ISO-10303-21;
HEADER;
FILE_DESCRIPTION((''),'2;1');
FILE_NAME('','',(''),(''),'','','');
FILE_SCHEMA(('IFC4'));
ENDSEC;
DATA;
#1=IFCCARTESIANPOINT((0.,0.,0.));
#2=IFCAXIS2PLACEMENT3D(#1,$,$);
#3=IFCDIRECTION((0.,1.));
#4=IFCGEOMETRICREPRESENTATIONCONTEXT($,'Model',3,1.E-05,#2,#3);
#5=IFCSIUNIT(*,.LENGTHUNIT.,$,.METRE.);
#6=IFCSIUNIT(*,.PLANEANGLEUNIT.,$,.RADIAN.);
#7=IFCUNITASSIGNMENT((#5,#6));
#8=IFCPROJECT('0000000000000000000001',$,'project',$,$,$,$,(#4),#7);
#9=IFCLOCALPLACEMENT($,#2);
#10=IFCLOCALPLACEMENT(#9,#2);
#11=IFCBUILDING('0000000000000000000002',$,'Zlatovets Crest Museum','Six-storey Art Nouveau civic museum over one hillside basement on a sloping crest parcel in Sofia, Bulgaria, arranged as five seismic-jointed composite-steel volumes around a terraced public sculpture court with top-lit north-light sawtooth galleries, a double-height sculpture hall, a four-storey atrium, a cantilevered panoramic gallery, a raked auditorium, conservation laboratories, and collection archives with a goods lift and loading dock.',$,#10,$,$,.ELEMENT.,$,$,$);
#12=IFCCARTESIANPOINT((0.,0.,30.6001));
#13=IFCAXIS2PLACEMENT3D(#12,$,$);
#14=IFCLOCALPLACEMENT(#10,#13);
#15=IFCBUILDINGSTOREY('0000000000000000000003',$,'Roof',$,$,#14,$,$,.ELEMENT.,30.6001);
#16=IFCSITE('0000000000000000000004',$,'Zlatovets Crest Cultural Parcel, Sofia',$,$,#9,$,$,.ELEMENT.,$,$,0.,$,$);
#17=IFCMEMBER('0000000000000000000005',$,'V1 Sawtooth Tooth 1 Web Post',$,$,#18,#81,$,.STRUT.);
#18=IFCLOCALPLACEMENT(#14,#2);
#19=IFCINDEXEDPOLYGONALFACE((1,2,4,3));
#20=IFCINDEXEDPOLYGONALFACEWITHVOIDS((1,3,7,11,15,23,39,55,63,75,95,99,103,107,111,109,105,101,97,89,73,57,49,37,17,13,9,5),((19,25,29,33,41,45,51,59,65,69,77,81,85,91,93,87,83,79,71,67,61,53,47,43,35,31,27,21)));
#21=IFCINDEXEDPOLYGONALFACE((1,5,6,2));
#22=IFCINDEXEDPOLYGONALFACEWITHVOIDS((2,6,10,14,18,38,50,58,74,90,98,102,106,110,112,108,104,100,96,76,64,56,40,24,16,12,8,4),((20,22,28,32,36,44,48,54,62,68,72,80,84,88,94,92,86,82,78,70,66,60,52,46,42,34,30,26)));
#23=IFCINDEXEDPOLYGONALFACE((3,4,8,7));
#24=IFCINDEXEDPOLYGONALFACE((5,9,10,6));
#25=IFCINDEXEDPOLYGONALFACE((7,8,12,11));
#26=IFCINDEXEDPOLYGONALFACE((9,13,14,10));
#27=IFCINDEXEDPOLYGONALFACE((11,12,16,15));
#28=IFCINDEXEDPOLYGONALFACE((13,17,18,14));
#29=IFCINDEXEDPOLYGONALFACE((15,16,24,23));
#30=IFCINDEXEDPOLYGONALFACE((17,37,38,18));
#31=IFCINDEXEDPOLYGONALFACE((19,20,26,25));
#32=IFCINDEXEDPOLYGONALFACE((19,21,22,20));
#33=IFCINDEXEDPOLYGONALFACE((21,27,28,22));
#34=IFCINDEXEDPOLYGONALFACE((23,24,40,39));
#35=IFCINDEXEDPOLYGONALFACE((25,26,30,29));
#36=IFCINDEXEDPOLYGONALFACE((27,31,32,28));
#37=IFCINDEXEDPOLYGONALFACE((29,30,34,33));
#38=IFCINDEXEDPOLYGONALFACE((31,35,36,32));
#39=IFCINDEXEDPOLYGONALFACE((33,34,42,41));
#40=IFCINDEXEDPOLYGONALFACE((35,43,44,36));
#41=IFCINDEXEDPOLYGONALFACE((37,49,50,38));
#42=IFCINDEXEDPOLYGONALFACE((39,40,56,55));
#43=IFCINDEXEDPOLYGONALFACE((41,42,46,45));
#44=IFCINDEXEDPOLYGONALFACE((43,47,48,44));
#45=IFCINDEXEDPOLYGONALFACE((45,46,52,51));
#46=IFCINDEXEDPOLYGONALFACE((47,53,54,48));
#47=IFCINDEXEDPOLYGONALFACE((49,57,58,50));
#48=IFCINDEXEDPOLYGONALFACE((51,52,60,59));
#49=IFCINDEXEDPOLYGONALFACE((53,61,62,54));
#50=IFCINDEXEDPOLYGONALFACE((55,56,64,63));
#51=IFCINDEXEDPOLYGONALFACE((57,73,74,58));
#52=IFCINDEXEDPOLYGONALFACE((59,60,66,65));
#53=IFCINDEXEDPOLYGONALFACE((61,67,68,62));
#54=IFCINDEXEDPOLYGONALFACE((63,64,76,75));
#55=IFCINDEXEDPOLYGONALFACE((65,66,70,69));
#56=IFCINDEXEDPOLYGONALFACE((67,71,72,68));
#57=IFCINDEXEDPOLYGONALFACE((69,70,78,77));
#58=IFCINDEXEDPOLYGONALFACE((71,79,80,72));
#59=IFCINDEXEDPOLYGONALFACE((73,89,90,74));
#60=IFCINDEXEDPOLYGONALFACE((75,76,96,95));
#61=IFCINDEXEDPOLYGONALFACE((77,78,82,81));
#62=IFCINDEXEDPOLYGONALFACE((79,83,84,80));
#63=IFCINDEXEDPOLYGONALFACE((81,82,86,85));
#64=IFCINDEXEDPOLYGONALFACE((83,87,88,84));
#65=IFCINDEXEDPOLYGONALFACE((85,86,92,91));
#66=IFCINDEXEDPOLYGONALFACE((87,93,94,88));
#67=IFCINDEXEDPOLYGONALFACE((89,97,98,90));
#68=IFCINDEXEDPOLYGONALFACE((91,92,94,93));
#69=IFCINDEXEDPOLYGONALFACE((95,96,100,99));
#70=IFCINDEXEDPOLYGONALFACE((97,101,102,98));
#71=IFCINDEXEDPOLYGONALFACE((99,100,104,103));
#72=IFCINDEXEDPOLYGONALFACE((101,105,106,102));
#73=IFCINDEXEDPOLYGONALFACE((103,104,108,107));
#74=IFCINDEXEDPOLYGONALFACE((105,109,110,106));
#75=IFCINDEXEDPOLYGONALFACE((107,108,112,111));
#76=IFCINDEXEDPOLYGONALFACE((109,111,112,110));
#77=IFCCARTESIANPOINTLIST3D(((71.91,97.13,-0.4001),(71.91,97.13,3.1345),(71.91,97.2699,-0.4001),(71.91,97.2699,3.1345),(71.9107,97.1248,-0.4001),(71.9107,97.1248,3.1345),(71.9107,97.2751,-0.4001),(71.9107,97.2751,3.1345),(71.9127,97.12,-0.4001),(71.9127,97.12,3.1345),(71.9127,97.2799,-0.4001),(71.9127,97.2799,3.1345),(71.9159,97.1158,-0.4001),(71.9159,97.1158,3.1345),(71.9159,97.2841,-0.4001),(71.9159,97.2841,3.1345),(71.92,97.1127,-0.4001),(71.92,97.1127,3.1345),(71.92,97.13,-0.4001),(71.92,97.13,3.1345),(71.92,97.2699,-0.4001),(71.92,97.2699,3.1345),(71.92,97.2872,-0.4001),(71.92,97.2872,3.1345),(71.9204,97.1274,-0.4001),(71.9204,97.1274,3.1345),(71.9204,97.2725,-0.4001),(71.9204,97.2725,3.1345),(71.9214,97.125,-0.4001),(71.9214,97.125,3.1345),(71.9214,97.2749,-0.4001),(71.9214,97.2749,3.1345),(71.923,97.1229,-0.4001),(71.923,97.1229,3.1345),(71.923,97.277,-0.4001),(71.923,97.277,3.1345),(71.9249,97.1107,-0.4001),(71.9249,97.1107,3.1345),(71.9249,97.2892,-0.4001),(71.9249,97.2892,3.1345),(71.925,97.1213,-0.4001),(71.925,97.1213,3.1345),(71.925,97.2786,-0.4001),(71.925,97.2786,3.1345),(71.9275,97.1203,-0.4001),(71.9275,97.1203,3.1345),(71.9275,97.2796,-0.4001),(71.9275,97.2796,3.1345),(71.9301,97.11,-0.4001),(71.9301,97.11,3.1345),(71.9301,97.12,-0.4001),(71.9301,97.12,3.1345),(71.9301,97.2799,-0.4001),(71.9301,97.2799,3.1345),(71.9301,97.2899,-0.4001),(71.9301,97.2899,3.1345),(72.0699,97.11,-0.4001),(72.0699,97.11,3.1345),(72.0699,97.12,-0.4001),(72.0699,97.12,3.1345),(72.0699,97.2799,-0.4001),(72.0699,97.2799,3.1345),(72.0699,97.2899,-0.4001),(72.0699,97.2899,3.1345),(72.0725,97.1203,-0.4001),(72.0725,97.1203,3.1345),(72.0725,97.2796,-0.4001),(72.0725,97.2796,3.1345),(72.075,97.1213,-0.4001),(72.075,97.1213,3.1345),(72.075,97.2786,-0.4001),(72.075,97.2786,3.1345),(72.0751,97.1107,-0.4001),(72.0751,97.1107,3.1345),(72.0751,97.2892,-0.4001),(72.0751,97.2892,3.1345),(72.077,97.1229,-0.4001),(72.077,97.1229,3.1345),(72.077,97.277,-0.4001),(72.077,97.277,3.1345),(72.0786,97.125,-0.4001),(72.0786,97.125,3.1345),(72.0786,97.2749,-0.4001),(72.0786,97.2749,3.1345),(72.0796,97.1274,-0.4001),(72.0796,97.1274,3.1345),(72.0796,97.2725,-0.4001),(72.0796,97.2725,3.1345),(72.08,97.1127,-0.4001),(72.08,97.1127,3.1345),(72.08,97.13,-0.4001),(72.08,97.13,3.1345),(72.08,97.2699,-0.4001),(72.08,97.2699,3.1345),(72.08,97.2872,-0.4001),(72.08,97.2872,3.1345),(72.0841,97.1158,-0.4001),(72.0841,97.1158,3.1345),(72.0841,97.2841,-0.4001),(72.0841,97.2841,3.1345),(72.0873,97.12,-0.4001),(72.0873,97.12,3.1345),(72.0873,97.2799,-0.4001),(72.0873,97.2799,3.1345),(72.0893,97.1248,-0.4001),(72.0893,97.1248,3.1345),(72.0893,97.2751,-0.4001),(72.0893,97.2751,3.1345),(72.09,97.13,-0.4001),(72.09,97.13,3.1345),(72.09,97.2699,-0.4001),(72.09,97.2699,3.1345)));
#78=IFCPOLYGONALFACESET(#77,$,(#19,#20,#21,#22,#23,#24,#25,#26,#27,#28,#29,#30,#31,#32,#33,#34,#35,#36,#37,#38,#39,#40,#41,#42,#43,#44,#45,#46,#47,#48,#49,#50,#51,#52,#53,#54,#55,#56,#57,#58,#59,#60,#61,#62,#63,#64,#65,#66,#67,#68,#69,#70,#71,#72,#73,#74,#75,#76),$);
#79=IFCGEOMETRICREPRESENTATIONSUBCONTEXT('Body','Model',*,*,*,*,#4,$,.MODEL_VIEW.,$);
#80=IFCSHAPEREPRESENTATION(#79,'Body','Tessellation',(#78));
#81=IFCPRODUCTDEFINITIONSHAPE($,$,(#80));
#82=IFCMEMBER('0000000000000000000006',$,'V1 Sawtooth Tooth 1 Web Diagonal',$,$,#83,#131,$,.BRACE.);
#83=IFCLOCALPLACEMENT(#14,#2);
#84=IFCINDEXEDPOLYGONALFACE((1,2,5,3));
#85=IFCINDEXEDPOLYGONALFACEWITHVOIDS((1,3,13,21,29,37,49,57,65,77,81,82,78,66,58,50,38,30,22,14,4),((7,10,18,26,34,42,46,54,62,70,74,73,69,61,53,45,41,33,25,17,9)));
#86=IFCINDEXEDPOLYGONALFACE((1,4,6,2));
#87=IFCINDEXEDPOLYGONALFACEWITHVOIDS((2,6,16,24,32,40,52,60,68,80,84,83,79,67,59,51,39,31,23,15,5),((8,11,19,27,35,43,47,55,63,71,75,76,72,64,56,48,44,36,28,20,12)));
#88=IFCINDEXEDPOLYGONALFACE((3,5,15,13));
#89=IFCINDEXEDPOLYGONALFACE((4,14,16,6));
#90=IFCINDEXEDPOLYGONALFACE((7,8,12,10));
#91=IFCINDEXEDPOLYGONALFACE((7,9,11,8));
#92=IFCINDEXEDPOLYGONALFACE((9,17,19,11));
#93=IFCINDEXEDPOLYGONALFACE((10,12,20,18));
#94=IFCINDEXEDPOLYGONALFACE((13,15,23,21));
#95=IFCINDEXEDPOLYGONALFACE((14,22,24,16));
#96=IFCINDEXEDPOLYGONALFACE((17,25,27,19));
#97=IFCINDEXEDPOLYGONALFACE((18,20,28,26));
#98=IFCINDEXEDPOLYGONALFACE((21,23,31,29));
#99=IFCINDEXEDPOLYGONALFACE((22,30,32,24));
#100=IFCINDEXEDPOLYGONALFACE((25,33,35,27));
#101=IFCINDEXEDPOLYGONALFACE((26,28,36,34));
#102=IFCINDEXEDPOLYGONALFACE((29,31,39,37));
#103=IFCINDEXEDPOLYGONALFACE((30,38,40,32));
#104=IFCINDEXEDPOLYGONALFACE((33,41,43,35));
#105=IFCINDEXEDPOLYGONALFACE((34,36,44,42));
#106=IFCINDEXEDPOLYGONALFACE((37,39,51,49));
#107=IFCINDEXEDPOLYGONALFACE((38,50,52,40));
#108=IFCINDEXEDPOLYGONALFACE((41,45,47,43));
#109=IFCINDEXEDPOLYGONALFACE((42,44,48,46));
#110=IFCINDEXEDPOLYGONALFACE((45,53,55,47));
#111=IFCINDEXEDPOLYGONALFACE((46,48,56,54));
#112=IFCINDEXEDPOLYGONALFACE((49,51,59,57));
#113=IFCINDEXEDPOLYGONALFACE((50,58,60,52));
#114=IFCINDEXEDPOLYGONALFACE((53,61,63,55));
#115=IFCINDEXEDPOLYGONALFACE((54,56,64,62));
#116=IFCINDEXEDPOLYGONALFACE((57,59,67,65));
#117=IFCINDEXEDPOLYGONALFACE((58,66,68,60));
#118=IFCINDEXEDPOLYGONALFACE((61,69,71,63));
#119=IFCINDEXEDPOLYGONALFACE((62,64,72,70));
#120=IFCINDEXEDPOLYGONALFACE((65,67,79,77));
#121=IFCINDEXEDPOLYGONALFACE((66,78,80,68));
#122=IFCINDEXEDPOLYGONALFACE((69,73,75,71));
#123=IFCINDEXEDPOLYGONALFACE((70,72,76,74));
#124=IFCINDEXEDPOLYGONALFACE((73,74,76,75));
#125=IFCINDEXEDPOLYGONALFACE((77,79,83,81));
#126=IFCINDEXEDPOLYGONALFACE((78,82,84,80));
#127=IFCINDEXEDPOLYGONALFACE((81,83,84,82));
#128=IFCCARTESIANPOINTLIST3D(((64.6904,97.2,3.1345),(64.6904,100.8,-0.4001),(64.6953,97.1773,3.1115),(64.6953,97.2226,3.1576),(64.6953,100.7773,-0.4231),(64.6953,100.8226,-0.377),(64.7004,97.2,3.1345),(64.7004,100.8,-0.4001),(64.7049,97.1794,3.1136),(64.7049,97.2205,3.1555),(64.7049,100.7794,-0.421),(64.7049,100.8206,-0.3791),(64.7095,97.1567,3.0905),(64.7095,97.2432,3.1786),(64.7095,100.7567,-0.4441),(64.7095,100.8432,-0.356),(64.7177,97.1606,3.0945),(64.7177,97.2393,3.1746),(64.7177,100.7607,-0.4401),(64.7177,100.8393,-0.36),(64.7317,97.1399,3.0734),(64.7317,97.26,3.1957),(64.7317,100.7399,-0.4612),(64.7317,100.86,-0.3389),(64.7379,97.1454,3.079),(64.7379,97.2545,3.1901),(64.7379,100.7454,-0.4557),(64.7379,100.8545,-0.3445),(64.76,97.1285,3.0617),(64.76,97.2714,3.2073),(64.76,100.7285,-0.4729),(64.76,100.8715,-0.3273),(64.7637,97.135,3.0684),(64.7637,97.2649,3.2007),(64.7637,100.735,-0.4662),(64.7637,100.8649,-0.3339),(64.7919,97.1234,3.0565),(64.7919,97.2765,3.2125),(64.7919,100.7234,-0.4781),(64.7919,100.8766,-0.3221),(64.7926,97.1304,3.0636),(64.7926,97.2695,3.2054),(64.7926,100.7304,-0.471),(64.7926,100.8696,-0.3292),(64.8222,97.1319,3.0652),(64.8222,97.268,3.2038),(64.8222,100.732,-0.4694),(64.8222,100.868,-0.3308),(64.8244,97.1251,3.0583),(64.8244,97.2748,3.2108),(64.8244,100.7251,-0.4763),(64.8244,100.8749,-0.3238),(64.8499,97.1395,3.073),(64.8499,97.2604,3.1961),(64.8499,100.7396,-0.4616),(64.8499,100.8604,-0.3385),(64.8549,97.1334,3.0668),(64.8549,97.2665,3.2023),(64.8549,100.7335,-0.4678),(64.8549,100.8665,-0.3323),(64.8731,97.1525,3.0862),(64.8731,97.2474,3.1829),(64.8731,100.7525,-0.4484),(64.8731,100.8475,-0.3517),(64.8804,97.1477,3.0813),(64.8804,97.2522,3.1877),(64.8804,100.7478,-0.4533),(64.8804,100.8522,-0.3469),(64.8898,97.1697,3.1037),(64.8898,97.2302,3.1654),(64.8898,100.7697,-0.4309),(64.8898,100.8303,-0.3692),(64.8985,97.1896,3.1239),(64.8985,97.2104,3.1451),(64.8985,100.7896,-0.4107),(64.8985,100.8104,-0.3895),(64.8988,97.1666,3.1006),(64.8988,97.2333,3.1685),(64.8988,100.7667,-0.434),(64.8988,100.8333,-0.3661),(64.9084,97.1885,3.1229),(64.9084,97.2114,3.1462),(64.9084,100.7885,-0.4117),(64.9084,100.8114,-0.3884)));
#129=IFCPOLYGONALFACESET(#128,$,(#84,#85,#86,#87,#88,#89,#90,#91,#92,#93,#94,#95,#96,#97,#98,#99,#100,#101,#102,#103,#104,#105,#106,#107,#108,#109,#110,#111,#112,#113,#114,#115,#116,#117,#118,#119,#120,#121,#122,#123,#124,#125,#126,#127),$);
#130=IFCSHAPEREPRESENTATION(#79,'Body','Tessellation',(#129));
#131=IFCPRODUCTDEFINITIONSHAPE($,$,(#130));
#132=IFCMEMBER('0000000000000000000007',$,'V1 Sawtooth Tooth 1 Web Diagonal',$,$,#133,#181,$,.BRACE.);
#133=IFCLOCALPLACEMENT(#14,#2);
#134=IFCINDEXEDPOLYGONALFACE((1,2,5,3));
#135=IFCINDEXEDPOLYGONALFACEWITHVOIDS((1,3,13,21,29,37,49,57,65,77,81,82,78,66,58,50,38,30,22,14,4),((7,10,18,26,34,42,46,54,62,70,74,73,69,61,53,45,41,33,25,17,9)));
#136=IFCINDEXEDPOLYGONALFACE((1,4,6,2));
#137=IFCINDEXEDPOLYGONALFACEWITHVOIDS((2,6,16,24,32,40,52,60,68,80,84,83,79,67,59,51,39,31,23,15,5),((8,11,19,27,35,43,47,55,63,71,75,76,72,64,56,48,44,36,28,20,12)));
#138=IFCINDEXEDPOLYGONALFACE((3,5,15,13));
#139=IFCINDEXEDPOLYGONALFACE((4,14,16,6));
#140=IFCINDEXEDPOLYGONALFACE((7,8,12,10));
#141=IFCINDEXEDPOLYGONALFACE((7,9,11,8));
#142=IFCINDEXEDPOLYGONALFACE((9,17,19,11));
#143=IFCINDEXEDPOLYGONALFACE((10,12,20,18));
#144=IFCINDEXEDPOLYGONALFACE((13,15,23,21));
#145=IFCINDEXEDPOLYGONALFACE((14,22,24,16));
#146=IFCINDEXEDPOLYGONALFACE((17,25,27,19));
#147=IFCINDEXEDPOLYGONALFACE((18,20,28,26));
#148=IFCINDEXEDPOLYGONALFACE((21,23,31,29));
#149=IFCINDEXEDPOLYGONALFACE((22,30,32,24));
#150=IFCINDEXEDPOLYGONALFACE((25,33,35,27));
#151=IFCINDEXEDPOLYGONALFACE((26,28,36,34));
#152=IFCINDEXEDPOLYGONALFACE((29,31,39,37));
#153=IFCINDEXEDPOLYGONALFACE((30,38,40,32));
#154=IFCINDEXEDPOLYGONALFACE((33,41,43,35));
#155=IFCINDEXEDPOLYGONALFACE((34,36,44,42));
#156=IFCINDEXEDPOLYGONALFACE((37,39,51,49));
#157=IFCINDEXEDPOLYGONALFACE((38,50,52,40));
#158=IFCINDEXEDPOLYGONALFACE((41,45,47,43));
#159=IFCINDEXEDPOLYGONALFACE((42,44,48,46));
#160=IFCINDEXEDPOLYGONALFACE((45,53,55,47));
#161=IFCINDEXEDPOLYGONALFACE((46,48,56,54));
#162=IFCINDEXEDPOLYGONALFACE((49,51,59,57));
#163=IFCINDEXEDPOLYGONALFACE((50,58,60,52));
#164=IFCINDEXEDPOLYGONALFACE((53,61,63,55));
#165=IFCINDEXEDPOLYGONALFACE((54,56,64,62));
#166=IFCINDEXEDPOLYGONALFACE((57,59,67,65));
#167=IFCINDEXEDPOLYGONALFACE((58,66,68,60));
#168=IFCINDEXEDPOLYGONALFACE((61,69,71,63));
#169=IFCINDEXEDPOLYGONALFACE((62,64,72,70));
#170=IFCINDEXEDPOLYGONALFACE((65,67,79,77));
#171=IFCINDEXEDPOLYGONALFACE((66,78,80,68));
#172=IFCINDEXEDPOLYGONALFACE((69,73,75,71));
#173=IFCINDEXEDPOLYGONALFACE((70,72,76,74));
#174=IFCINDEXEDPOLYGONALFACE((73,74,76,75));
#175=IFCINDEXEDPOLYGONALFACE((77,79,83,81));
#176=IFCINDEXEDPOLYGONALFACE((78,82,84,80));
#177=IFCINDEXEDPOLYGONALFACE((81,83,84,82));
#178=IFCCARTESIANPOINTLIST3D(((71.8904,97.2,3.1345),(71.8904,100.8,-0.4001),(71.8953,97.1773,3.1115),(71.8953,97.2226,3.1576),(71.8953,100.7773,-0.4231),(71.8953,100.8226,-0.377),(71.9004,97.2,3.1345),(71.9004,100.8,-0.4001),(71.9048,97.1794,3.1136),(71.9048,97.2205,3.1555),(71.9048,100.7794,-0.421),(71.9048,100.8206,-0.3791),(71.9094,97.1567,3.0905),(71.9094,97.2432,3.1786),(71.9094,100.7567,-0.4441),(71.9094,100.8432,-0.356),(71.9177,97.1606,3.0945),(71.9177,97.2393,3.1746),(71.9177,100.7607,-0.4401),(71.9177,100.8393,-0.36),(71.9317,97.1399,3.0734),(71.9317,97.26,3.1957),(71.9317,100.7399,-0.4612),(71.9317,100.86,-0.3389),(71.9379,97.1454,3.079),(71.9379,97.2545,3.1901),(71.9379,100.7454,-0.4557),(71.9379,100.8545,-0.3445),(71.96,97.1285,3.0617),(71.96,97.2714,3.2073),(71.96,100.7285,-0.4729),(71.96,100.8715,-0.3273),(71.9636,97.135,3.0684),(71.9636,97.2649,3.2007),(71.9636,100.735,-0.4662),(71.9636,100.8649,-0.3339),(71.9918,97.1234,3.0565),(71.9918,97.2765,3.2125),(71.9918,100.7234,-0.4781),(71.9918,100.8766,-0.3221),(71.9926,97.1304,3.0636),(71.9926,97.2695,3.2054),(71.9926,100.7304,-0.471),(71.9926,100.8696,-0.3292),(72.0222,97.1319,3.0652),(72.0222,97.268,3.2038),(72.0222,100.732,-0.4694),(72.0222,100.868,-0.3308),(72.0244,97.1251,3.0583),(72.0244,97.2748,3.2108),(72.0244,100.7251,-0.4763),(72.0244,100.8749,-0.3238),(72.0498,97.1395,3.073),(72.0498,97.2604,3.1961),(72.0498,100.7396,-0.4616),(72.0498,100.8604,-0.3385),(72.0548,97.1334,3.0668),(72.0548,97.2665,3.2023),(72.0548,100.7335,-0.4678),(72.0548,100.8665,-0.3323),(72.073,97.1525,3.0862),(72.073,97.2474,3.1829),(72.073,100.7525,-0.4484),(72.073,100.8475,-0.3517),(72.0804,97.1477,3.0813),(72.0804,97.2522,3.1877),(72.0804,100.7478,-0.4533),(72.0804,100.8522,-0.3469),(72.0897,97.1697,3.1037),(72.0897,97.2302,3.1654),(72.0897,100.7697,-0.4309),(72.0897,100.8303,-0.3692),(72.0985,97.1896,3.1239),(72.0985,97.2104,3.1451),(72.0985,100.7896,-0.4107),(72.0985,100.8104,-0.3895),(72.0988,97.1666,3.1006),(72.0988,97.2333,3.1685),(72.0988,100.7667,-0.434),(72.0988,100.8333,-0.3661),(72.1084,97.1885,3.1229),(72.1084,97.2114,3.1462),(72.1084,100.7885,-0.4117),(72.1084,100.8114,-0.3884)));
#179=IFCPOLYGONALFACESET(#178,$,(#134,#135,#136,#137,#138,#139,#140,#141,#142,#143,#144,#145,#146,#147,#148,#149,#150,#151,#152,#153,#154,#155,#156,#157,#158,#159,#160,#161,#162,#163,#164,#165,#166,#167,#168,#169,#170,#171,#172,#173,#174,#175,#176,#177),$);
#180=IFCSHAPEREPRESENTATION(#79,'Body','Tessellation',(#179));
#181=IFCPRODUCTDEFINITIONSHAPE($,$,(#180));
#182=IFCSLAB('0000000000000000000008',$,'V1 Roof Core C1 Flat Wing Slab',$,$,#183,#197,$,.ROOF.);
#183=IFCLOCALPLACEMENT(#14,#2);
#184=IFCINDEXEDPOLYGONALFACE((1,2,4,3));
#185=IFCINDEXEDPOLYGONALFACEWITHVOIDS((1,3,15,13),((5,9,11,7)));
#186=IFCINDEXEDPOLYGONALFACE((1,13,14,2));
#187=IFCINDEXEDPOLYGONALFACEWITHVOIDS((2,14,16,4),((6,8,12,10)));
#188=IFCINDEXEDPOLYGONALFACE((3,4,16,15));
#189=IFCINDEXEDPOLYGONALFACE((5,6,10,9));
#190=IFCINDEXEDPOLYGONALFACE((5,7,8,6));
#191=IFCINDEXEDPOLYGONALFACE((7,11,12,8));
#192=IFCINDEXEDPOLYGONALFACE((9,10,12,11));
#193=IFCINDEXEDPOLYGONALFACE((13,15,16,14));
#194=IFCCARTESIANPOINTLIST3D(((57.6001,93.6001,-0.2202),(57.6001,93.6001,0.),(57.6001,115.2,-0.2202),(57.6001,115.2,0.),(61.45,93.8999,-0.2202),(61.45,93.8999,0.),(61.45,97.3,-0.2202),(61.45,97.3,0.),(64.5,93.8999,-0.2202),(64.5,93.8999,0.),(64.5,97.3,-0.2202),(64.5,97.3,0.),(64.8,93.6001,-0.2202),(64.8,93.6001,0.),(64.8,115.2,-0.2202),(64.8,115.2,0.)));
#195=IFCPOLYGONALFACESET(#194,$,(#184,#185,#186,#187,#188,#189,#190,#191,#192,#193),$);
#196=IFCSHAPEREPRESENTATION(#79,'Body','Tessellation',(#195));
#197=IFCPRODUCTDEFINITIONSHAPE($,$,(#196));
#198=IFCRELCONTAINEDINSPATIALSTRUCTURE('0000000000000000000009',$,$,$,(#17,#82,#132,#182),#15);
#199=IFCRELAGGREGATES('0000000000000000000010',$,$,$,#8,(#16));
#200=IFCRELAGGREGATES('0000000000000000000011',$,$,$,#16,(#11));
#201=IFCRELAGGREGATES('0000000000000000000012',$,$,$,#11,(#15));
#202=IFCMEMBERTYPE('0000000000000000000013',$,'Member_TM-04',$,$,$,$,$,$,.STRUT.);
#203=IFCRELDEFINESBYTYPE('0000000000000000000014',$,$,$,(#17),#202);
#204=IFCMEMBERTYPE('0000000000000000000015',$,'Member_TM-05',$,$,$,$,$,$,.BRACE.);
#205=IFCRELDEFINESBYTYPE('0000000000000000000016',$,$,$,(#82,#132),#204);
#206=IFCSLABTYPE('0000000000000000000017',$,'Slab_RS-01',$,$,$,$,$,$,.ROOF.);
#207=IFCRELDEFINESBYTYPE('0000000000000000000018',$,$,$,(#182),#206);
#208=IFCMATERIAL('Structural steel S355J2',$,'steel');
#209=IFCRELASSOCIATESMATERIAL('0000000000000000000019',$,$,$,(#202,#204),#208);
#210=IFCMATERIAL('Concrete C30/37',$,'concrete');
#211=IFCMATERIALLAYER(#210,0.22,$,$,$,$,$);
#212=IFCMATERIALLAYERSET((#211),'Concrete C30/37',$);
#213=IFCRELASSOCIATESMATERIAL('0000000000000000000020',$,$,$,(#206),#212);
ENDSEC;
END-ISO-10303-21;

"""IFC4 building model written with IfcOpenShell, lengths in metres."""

from ifc_helpers import new_model, si_unit, direction, frame, origin, origin_2d, place, context, subcontext, project, spatial, polyline, hollow_rectangle, hollow_circle, outline, extrude, material, layer, layer_set, material_profile, profile_set, type_object, element, save


model = new_model("IFC4")

# Units and contexts
model_context = context("Model", 3, precision=1e-05, world=origin(), true_north=direction((0.0, 1.0)))
body_context = subcontext(model_context, "Body", "Model", "MODEL_VIEW")
ifc_project = project(units=[si_unit("LENGTHUNIT", "METRE"), si_unit("PLANEANGLEUNIT", "RADIAN")], contexts=[model_context])

# Site, building, storey
site_placement = place(None, origin())
site = spatial("IfcSite", under=ifc_project, at=site_placement, Name="Zlatovets Crest Cultural Parcel, Sofia", CompositionType="ELEMENT", RefElevation=0.0)
building_placement = place(site_placement, origin())
building = spatial("IfcBuilding", under=site, at=building_placement, Name="Zlatovets Crest Museum", Description="Six-storey Art Nouveau civic museum over one hillside basement on a sloping crest parcel in Sofia, Bulgaria, arranged as five seismic-jointed composite-steel volumes around a terraced public sculpture court with top-lit north-light sawtooth galleries, a double-height sculpture hall, a four-storey atrium, a cantilevered panoramic gallery, a raked auditorium, conservation laboratories, and collection archives with a goods lift and loading dock.", CompositionType="ELEMENT")
storey_placement = place(building_placement, frame((0.0, 0.0, 30.6001)))
storey = spatial("IfcBuildingStorey", under=building, at=storey_placement, Name="Roof", CompositionType="ELEMENT", Elevation=30.6001)

# Shared definitions
ifc_material_1 = material(Name="Structural steel S355J2", Category="steel")

# Members
ifc_material_profile_1 = material_profile(ifc_material_1, hollow_rectangle(XDim=0.1799, YDim=0.1799, WallThickness=0.01, InnerFilletRadius=0.01, OuterFilletRadius=0.02, at=origin_2d()), Name="SHS 180x180x10.0")
ifc_profile_set_1 = profile_set([ifc_material_profile_1], Name="Structural steel S355J2")
member_type_1 = type_object("IfcMemberType", Name="Member_TM-04", PredefinedType="STRUT", material=ifc_profile_set_1)
for number, where, z_axis, x_axis, name in (
    (1, (72.0, 97.2, -0.4001), (0.0, 0.0, 1.0), (1.0, 0.0, 0.0), "V1 Sawtooth Tooth 1 Web Post"),
):
    element("IfcMember", number, at=place(storey_placement, frame(where, z_axis=z_axis, x_axis=x_axis)), inside=storey, type_object=member_type_1, Name=name, PredefinedType="STRUT", context=body_context, shape_type="SweptSolid", body=[
        extrude(hollow_rectangle(XDim=0.1799, YDim=0.1799, WallThickness=0.01, InnerFilletRadius=0.01, OuterFilletRadius=0.02, at=origin_2d()), origin(), (0.0, 0.0, 1.0), 3.5347),
    ])
ifc_material_profile_2 = material_profile(ifc_material_1, hollow_circle(Radius=0.1096, WallThickness=0.01, at=origin_2d()), Name="CHS 219.1x10.0")
ifc_profile_set_2 = profile_set([ifc_material_profile_2], Name="Structural steel S355J2")
member_type_2 = type_object("IfcMemberType", Name="Member_TM-05", PredefinedType="BRACE", material=ifc_profile_set_2)
for number, where, z_axis, x_axis, name in (
    (2, (64.8, 97.2, 3.1345), (0.0, 0.713561, -0.700593), (-1.0, 0.0, 0.0), "V1 Sawtooth Tooth 1 Web Diagonal"),
    (3, (72.0, 97.2, 3.1345), (0.0, 0.713561, -0.700593), (-1.0, 0.0, 0.0), "V1 Sawtooth Tooth 1 Web Diagonal"),
):
    element("IfcMember", number, at=place(storey_placement, frame(where, z_axis=z_axis, x_axis=x_axis)), inside=storey, type_object=member_type_2, Name=name, PredefinedType="BRACE", context=body_context, shape_type="SweptSolid", body=[
        extrude(hollow_circle(Radius=0.1096, WallThickness=0.01, at=origin_2d()), origin(), (0.0, 0.0, 1.0), 5.0452),
    ])

# Slab
ifc_material_2 = material(Name="Concrete C30/37", Category="concrete")
ifc_layer_1 = layer(ifc_material_2, 0.22)
ifc_layer_set_1 = layer_set([ifc_layer_1], Name="Concrete C30/37")
slab_type_1 = type_object("IfcSlabType", Name="Slab_RS-01", PredefinedType="ROOF", material=ifc_layer_set_1)
slab_1_placement = place(storey_placement, frame((0.0, 0.0, -0.2202)))
element("IfcSlab", 4, at=slab_1_placement, inside=storey, type_object=slab_type_1, Name="V1 Roof Core C1 Flat Wing Slab", PredefinedType="ROOF", context=body_context, shape_type="SweptSolid", body=[
    extrude(outline(polyline([(57.6001, 93.6001), (57.6001, 115.2), (64.8, 115.2), (64.8, 93.6001), (57.6001, 93.6001)]), holes=[polyline([(64.5, 97.3), (61.45, 97.3), (61.45, 93.8999), (64.5, 93.8999), (64.5, 97.3)])]), origin(), (0.0, 0.0, 1.0), 0.2202),
])

save(model, "model.ifc")
